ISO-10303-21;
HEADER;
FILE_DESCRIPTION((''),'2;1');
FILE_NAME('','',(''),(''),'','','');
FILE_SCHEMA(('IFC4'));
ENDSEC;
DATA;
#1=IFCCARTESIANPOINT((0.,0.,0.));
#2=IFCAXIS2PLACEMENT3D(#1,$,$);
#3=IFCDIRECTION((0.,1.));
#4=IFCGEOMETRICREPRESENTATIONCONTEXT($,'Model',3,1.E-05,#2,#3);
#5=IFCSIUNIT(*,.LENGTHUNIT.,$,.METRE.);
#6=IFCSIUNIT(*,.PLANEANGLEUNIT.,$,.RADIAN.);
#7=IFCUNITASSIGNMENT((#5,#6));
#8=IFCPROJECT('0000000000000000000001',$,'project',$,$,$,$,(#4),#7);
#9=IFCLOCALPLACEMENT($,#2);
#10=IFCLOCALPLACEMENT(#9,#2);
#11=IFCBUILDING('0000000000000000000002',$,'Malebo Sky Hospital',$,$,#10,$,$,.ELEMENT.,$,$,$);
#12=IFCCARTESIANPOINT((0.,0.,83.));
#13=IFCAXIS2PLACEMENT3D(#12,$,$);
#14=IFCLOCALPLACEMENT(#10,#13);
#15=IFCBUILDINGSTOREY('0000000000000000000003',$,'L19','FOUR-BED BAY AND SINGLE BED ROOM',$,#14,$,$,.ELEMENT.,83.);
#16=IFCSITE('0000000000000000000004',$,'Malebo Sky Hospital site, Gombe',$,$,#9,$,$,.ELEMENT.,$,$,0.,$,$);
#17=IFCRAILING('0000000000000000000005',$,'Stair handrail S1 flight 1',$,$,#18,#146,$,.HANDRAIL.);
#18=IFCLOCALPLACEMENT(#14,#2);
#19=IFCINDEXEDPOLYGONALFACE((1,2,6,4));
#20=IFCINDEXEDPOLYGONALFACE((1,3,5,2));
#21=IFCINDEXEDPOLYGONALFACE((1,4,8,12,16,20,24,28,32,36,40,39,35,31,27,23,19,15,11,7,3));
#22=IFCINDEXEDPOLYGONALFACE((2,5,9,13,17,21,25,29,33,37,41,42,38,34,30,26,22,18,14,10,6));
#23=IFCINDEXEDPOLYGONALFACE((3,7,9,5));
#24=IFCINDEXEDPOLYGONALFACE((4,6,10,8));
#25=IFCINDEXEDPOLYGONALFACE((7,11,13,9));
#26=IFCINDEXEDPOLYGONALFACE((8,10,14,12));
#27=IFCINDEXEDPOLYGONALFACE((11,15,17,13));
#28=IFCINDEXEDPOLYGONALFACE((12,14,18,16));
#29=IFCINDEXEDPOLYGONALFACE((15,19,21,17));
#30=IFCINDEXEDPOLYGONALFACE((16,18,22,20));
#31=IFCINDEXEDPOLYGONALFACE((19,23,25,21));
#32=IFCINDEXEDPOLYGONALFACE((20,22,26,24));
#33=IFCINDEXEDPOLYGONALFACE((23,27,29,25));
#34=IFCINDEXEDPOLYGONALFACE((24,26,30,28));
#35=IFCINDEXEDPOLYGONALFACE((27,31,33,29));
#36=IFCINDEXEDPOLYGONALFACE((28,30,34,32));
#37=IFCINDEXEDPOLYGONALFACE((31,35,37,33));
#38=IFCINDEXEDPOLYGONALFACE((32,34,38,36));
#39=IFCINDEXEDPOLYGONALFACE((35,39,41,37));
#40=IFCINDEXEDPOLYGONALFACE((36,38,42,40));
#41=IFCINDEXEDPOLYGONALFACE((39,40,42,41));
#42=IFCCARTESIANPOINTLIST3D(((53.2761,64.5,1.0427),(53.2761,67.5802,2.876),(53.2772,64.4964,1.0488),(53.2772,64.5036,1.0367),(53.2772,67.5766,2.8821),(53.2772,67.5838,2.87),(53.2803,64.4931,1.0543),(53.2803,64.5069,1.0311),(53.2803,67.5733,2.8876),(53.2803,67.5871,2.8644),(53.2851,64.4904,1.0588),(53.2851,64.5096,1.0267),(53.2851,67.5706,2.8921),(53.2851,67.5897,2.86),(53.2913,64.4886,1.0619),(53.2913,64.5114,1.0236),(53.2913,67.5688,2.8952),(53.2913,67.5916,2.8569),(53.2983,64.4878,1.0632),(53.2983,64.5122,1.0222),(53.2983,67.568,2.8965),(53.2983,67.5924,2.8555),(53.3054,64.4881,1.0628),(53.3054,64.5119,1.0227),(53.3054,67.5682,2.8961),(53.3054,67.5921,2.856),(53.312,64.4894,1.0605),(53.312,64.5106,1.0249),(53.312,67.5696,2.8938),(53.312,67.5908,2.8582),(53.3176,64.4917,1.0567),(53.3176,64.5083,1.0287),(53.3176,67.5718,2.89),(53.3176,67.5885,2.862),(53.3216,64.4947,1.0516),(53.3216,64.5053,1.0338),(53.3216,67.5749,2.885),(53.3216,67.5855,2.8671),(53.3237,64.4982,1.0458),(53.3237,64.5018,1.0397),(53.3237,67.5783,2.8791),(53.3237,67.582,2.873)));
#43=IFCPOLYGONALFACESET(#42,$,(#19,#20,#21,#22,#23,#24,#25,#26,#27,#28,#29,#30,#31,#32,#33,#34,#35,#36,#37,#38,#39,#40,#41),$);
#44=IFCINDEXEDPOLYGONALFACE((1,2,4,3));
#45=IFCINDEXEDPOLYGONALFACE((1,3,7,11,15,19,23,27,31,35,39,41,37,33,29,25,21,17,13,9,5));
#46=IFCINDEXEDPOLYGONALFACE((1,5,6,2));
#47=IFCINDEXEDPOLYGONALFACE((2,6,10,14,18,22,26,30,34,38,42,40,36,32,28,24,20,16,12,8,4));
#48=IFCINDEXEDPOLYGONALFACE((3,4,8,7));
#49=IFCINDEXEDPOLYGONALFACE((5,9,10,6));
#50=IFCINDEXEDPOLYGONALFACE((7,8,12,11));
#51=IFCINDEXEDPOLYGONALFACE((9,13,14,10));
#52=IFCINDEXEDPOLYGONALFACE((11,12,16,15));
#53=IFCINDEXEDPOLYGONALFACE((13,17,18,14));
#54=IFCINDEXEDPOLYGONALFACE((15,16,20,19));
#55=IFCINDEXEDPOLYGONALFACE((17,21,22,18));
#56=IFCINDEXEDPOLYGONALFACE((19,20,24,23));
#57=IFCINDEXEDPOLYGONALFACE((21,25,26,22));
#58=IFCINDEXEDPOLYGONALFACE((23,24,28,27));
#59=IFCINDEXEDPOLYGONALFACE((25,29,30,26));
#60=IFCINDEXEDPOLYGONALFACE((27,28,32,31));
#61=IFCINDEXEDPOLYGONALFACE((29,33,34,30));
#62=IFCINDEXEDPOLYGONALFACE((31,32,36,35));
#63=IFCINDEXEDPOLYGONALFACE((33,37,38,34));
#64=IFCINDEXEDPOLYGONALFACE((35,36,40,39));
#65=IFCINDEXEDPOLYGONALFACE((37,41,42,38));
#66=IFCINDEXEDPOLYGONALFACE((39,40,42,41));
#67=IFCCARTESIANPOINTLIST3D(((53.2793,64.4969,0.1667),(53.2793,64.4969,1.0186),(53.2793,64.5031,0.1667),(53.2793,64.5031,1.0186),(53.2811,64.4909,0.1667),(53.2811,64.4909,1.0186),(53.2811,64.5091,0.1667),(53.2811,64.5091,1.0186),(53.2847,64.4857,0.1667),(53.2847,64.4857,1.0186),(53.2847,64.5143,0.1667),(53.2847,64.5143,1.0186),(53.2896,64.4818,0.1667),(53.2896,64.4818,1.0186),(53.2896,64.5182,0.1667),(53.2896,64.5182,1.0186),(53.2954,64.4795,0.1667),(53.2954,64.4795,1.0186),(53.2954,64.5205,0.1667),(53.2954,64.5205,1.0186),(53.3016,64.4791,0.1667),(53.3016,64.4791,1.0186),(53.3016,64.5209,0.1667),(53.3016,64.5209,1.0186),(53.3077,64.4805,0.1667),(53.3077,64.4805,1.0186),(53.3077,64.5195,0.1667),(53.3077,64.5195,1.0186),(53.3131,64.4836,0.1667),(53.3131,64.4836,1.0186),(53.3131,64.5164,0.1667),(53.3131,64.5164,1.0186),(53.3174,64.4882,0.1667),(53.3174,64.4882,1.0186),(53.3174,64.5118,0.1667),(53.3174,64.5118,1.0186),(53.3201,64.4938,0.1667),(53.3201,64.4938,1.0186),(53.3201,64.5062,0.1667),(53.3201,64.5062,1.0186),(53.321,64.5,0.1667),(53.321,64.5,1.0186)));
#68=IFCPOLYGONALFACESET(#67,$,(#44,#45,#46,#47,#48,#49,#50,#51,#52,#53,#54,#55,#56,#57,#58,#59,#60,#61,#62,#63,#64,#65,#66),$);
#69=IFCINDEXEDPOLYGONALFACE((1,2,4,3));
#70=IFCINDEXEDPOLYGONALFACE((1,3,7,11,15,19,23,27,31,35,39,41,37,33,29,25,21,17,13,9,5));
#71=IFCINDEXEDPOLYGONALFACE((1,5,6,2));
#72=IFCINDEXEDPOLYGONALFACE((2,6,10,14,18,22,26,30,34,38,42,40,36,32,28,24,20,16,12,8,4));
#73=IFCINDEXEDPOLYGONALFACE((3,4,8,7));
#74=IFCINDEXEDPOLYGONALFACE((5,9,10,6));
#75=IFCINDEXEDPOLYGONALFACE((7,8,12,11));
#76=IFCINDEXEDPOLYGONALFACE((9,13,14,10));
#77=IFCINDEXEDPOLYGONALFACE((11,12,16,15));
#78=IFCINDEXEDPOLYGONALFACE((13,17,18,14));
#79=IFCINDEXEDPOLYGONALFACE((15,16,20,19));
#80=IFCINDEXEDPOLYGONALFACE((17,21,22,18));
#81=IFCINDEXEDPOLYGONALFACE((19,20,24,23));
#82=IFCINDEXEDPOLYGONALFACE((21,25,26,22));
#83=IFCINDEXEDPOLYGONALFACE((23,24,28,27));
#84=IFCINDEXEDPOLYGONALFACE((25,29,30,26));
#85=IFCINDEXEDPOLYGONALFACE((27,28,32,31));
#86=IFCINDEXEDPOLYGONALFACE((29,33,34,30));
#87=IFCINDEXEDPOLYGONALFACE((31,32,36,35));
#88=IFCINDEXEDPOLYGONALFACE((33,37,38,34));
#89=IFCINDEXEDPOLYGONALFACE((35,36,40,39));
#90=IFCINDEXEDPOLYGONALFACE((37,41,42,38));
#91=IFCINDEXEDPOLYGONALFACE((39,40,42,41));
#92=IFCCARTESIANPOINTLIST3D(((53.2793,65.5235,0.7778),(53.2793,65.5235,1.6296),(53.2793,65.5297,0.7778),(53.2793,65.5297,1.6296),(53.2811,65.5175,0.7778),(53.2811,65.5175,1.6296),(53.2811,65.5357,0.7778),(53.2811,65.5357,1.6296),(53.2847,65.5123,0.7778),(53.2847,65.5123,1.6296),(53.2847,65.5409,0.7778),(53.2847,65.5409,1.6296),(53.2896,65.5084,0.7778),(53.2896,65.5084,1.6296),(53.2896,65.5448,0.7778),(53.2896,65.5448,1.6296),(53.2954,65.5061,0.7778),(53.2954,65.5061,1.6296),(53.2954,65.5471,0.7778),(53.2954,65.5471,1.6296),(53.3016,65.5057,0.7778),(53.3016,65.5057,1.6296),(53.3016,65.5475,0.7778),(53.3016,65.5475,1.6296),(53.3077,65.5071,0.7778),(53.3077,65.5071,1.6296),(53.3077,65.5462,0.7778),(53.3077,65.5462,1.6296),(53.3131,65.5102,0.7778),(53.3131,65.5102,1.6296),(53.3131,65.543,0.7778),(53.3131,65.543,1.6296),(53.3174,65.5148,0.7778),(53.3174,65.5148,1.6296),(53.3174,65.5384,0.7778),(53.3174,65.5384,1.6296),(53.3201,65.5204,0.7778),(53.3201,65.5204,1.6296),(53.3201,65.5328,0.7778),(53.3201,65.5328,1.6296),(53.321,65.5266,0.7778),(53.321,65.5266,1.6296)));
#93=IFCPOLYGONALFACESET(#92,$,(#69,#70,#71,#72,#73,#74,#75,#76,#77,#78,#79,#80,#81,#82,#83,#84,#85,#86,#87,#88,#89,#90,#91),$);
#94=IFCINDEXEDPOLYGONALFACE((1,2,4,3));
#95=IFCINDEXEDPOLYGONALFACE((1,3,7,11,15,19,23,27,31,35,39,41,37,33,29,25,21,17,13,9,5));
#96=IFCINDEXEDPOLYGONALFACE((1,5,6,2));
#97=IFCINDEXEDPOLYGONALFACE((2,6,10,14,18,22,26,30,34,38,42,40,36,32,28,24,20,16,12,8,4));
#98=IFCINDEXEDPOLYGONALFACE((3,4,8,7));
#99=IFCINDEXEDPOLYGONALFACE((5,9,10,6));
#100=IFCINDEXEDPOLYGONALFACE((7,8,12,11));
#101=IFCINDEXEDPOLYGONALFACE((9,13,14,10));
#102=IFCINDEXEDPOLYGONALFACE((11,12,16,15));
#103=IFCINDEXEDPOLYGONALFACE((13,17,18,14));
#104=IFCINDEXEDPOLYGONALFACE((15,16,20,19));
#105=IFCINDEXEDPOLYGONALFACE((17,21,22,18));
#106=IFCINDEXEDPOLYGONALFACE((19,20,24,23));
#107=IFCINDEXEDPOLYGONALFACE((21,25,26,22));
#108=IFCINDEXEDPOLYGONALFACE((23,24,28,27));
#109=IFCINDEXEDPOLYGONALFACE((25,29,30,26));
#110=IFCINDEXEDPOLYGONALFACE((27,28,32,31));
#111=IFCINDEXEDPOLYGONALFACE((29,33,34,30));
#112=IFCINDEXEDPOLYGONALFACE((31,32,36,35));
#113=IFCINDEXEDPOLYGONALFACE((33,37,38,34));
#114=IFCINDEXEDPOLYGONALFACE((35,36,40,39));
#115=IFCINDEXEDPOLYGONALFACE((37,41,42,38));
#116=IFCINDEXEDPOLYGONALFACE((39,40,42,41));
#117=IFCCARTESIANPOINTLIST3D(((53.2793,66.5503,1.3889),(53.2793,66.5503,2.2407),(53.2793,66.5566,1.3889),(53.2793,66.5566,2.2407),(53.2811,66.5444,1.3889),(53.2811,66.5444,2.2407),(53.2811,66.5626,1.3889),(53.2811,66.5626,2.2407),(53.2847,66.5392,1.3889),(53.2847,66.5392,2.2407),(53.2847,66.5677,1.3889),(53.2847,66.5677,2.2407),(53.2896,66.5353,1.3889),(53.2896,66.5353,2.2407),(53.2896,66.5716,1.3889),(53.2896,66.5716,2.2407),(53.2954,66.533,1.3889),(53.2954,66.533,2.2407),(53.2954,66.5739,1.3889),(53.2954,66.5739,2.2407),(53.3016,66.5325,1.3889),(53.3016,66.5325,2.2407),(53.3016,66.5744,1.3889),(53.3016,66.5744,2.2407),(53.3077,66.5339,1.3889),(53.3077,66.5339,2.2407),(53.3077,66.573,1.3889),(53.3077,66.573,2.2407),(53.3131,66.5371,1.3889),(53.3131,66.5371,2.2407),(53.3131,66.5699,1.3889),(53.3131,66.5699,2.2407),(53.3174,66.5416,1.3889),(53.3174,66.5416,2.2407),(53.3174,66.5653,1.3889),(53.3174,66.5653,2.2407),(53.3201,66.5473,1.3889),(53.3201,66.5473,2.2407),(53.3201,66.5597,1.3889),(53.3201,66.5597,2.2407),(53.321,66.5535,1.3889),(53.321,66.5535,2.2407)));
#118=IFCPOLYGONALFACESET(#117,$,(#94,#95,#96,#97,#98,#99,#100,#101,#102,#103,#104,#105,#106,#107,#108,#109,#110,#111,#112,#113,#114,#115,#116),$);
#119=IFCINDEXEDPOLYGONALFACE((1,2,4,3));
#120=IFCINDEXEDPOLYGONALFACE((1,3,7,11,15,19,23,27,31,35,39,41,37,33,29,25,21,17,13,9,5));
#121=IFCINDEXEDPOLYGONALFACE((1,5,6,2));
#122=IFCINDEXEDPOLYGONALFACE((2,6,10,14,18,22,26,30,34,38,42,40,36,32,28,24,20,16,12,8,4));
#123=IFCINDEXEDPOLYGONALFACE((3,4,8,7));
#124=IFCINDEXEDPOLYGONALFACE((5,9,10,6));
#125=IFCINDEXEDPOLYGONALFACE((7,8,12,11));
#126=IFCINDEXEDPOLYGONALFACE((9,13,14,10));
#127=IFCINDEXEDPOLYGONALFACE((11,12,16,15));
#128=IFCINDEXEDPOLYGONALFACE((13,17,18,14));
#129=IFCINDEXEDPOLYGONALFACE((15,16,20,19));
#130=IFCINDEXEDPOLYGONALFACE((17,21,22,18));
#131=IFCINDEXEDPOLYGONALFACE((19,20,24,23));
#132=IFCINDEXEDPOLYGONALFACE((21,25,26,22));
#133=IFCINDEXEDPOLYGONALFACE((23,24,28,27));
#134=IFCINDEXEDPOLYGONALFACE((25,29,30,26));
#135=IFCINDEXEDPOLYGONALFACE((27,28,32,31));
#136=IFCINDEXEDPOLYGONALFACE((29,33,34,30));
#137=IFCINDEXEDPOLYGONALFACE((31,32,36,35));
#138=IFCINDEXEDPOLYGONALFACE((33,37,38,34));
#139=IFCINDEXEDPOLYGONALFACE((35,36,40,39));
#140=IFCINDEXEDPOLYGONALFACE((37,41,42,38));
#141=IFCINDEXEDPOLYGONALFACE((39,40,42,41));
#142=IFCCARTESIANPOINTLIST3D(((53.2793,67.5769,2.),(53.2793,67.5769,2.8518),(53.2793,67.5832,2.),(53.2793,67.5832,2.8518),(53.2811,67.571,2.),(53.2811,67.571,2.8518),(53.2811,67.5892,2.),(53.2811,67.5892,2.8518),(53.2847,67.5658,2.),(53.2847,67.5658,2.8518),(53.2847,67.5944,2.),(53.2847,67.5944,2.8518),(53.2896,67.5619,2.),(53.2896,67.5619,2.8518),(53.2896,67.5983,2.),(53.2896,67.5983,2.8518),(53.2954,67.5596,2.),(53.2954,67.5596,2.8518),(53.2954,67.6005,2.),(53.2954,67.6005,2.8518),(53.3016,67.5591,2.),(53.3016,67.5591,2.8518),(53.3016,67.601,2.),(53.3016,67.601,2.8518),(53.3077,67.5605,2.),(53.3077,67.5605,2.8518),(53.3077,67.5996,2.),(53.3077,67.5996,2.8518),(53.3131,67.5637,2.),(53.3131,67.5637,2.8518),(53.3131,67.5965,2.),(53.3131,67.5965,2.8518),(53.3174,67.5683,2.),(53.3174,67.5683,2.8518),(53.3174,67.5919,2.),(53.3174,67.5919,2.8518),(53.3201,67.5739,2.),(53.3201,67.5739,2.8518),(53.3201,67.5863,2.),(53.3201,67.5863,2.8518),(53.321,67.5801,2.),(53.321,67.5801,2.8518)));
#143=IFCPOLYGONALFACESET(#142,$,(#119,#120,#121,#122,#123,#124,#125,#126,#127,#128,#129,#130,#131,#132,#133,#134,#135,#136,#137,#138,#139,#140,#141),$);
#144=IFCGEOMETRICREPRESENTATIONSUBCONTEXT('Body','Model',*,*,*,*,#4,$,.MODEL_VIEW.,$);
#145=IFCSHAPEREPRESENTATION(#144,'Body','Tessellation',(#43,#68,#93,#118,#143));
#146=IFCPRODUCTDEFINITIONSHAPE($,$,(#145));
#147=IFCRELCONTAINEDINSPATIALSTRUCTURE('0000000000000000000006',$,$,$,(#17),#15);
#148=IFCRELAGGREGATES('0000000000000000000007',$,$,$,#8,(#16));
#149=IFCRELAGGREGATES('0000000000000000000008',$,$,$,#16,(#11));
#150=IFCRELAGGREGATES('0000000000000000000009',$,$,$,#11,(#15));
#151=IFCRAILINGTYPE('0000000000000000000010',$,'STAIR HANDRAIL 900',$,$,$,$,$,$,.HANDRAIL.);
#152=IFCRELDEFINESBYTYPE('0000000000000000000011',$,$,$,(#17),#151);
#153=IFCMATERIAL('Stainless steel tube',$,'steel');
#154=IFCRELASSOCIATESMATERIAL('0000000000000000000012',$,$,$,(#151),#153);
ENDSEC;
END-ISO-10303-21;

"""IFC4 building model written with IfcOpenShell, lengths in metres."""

from ifc_helpers import new_model, si_unit, direction, frame, origin, origin_2d, place, context, subcontext, project, spatial, circle, extrude, material, type_object, element, save


model = new_model("IFC4")

# Units and contexts
model_context = context("Model", 3, precision=1e-05, world=origin(), true_north=direction((0.0, 1.0)))
body_context = subcontext(model_context, "Body", "Model", "MODEL_VIEW")
ifc_project = project(units=[si_unit("LENGTHUNIT", "METRE"), si_unit("PLANEANGLEUNIT", "RADIAN")], contexts=[model_context])

# Site, building, storey
site_placement = place(None, origin())
site = spatial("IfcSite", under=ifc_project, at=site_placement, Name="Malebo Sky Hospital site, Gombe", CompositionType="ELEMENT", RefElevation=0.0)
building_placement = place(site_placement, origin())
building = spatial("IfcBuilding", under=site, at=building_placement, Name="Malebo Sky Hospital", CompositionType="ELEMENT")
storey_placement = place(building_placement, frame((0.0, 0.0, 83.0)))
storey = spatial("IfcBuildingStorey", under=building, at=storey_placement, Name="L19", Description="FOUR-BED BAY AND SINGLE BED ROOM", CompositionType="ELEMENT", Elevation=83.0)

# Railing
ifc_material_1 = material(Name="Stainless steel tube", Category="steel")
railing_type = type_object("IfcRailingType", Name="STAIR HANDRAIL 900", PredefinedType="HANDRAIL", material=ifc_material_1)
railing_1_placement = place(storey_placement, frame((53.3, 64.5, 0.1667)))
element("IfcRailing", 1, at=railing_1_placement, inside=storey, type_object=railing_type, Name="Stair handrail S1 flight 1", PredefinedType="HANDRAIL", context=body_context, shape_type="SweptSolid", body=[
    extrude(circle(Radius=0.0239, at=origin_2d()), frame((0.0, 0.0, 0.876), z_axis=(0.0, 0.859309, 0.511458), x_axis=(-1.0, 0.0, 0.0)), (0.0, 0.0, 1.0), 3.5845),
    extrude(circle(Radius=0.021, at=origin_2d()), origin(), (0.0, 0.0, 1.0), 0.8518),
    extrude(circle(Radius=0.021, at=origin_2d()), frame((0.0, 1.0266, 0.6111)), (0.0, 0.0, 1.0), 0.8518),
    extrude(circle(Radius=0.021, at=origin_2d()), frame((0.0, 2.0535, 1.2222)), (0.0, 0.0, 1.0), 0.8518),
    extrude(circle(Radius=0.021, at=origin_2d()), frame((0.0, 3.0801, 1.8333)), (0.0, 0.0, 1.0), 0.8518),
])

save(model, "model.ifc")
